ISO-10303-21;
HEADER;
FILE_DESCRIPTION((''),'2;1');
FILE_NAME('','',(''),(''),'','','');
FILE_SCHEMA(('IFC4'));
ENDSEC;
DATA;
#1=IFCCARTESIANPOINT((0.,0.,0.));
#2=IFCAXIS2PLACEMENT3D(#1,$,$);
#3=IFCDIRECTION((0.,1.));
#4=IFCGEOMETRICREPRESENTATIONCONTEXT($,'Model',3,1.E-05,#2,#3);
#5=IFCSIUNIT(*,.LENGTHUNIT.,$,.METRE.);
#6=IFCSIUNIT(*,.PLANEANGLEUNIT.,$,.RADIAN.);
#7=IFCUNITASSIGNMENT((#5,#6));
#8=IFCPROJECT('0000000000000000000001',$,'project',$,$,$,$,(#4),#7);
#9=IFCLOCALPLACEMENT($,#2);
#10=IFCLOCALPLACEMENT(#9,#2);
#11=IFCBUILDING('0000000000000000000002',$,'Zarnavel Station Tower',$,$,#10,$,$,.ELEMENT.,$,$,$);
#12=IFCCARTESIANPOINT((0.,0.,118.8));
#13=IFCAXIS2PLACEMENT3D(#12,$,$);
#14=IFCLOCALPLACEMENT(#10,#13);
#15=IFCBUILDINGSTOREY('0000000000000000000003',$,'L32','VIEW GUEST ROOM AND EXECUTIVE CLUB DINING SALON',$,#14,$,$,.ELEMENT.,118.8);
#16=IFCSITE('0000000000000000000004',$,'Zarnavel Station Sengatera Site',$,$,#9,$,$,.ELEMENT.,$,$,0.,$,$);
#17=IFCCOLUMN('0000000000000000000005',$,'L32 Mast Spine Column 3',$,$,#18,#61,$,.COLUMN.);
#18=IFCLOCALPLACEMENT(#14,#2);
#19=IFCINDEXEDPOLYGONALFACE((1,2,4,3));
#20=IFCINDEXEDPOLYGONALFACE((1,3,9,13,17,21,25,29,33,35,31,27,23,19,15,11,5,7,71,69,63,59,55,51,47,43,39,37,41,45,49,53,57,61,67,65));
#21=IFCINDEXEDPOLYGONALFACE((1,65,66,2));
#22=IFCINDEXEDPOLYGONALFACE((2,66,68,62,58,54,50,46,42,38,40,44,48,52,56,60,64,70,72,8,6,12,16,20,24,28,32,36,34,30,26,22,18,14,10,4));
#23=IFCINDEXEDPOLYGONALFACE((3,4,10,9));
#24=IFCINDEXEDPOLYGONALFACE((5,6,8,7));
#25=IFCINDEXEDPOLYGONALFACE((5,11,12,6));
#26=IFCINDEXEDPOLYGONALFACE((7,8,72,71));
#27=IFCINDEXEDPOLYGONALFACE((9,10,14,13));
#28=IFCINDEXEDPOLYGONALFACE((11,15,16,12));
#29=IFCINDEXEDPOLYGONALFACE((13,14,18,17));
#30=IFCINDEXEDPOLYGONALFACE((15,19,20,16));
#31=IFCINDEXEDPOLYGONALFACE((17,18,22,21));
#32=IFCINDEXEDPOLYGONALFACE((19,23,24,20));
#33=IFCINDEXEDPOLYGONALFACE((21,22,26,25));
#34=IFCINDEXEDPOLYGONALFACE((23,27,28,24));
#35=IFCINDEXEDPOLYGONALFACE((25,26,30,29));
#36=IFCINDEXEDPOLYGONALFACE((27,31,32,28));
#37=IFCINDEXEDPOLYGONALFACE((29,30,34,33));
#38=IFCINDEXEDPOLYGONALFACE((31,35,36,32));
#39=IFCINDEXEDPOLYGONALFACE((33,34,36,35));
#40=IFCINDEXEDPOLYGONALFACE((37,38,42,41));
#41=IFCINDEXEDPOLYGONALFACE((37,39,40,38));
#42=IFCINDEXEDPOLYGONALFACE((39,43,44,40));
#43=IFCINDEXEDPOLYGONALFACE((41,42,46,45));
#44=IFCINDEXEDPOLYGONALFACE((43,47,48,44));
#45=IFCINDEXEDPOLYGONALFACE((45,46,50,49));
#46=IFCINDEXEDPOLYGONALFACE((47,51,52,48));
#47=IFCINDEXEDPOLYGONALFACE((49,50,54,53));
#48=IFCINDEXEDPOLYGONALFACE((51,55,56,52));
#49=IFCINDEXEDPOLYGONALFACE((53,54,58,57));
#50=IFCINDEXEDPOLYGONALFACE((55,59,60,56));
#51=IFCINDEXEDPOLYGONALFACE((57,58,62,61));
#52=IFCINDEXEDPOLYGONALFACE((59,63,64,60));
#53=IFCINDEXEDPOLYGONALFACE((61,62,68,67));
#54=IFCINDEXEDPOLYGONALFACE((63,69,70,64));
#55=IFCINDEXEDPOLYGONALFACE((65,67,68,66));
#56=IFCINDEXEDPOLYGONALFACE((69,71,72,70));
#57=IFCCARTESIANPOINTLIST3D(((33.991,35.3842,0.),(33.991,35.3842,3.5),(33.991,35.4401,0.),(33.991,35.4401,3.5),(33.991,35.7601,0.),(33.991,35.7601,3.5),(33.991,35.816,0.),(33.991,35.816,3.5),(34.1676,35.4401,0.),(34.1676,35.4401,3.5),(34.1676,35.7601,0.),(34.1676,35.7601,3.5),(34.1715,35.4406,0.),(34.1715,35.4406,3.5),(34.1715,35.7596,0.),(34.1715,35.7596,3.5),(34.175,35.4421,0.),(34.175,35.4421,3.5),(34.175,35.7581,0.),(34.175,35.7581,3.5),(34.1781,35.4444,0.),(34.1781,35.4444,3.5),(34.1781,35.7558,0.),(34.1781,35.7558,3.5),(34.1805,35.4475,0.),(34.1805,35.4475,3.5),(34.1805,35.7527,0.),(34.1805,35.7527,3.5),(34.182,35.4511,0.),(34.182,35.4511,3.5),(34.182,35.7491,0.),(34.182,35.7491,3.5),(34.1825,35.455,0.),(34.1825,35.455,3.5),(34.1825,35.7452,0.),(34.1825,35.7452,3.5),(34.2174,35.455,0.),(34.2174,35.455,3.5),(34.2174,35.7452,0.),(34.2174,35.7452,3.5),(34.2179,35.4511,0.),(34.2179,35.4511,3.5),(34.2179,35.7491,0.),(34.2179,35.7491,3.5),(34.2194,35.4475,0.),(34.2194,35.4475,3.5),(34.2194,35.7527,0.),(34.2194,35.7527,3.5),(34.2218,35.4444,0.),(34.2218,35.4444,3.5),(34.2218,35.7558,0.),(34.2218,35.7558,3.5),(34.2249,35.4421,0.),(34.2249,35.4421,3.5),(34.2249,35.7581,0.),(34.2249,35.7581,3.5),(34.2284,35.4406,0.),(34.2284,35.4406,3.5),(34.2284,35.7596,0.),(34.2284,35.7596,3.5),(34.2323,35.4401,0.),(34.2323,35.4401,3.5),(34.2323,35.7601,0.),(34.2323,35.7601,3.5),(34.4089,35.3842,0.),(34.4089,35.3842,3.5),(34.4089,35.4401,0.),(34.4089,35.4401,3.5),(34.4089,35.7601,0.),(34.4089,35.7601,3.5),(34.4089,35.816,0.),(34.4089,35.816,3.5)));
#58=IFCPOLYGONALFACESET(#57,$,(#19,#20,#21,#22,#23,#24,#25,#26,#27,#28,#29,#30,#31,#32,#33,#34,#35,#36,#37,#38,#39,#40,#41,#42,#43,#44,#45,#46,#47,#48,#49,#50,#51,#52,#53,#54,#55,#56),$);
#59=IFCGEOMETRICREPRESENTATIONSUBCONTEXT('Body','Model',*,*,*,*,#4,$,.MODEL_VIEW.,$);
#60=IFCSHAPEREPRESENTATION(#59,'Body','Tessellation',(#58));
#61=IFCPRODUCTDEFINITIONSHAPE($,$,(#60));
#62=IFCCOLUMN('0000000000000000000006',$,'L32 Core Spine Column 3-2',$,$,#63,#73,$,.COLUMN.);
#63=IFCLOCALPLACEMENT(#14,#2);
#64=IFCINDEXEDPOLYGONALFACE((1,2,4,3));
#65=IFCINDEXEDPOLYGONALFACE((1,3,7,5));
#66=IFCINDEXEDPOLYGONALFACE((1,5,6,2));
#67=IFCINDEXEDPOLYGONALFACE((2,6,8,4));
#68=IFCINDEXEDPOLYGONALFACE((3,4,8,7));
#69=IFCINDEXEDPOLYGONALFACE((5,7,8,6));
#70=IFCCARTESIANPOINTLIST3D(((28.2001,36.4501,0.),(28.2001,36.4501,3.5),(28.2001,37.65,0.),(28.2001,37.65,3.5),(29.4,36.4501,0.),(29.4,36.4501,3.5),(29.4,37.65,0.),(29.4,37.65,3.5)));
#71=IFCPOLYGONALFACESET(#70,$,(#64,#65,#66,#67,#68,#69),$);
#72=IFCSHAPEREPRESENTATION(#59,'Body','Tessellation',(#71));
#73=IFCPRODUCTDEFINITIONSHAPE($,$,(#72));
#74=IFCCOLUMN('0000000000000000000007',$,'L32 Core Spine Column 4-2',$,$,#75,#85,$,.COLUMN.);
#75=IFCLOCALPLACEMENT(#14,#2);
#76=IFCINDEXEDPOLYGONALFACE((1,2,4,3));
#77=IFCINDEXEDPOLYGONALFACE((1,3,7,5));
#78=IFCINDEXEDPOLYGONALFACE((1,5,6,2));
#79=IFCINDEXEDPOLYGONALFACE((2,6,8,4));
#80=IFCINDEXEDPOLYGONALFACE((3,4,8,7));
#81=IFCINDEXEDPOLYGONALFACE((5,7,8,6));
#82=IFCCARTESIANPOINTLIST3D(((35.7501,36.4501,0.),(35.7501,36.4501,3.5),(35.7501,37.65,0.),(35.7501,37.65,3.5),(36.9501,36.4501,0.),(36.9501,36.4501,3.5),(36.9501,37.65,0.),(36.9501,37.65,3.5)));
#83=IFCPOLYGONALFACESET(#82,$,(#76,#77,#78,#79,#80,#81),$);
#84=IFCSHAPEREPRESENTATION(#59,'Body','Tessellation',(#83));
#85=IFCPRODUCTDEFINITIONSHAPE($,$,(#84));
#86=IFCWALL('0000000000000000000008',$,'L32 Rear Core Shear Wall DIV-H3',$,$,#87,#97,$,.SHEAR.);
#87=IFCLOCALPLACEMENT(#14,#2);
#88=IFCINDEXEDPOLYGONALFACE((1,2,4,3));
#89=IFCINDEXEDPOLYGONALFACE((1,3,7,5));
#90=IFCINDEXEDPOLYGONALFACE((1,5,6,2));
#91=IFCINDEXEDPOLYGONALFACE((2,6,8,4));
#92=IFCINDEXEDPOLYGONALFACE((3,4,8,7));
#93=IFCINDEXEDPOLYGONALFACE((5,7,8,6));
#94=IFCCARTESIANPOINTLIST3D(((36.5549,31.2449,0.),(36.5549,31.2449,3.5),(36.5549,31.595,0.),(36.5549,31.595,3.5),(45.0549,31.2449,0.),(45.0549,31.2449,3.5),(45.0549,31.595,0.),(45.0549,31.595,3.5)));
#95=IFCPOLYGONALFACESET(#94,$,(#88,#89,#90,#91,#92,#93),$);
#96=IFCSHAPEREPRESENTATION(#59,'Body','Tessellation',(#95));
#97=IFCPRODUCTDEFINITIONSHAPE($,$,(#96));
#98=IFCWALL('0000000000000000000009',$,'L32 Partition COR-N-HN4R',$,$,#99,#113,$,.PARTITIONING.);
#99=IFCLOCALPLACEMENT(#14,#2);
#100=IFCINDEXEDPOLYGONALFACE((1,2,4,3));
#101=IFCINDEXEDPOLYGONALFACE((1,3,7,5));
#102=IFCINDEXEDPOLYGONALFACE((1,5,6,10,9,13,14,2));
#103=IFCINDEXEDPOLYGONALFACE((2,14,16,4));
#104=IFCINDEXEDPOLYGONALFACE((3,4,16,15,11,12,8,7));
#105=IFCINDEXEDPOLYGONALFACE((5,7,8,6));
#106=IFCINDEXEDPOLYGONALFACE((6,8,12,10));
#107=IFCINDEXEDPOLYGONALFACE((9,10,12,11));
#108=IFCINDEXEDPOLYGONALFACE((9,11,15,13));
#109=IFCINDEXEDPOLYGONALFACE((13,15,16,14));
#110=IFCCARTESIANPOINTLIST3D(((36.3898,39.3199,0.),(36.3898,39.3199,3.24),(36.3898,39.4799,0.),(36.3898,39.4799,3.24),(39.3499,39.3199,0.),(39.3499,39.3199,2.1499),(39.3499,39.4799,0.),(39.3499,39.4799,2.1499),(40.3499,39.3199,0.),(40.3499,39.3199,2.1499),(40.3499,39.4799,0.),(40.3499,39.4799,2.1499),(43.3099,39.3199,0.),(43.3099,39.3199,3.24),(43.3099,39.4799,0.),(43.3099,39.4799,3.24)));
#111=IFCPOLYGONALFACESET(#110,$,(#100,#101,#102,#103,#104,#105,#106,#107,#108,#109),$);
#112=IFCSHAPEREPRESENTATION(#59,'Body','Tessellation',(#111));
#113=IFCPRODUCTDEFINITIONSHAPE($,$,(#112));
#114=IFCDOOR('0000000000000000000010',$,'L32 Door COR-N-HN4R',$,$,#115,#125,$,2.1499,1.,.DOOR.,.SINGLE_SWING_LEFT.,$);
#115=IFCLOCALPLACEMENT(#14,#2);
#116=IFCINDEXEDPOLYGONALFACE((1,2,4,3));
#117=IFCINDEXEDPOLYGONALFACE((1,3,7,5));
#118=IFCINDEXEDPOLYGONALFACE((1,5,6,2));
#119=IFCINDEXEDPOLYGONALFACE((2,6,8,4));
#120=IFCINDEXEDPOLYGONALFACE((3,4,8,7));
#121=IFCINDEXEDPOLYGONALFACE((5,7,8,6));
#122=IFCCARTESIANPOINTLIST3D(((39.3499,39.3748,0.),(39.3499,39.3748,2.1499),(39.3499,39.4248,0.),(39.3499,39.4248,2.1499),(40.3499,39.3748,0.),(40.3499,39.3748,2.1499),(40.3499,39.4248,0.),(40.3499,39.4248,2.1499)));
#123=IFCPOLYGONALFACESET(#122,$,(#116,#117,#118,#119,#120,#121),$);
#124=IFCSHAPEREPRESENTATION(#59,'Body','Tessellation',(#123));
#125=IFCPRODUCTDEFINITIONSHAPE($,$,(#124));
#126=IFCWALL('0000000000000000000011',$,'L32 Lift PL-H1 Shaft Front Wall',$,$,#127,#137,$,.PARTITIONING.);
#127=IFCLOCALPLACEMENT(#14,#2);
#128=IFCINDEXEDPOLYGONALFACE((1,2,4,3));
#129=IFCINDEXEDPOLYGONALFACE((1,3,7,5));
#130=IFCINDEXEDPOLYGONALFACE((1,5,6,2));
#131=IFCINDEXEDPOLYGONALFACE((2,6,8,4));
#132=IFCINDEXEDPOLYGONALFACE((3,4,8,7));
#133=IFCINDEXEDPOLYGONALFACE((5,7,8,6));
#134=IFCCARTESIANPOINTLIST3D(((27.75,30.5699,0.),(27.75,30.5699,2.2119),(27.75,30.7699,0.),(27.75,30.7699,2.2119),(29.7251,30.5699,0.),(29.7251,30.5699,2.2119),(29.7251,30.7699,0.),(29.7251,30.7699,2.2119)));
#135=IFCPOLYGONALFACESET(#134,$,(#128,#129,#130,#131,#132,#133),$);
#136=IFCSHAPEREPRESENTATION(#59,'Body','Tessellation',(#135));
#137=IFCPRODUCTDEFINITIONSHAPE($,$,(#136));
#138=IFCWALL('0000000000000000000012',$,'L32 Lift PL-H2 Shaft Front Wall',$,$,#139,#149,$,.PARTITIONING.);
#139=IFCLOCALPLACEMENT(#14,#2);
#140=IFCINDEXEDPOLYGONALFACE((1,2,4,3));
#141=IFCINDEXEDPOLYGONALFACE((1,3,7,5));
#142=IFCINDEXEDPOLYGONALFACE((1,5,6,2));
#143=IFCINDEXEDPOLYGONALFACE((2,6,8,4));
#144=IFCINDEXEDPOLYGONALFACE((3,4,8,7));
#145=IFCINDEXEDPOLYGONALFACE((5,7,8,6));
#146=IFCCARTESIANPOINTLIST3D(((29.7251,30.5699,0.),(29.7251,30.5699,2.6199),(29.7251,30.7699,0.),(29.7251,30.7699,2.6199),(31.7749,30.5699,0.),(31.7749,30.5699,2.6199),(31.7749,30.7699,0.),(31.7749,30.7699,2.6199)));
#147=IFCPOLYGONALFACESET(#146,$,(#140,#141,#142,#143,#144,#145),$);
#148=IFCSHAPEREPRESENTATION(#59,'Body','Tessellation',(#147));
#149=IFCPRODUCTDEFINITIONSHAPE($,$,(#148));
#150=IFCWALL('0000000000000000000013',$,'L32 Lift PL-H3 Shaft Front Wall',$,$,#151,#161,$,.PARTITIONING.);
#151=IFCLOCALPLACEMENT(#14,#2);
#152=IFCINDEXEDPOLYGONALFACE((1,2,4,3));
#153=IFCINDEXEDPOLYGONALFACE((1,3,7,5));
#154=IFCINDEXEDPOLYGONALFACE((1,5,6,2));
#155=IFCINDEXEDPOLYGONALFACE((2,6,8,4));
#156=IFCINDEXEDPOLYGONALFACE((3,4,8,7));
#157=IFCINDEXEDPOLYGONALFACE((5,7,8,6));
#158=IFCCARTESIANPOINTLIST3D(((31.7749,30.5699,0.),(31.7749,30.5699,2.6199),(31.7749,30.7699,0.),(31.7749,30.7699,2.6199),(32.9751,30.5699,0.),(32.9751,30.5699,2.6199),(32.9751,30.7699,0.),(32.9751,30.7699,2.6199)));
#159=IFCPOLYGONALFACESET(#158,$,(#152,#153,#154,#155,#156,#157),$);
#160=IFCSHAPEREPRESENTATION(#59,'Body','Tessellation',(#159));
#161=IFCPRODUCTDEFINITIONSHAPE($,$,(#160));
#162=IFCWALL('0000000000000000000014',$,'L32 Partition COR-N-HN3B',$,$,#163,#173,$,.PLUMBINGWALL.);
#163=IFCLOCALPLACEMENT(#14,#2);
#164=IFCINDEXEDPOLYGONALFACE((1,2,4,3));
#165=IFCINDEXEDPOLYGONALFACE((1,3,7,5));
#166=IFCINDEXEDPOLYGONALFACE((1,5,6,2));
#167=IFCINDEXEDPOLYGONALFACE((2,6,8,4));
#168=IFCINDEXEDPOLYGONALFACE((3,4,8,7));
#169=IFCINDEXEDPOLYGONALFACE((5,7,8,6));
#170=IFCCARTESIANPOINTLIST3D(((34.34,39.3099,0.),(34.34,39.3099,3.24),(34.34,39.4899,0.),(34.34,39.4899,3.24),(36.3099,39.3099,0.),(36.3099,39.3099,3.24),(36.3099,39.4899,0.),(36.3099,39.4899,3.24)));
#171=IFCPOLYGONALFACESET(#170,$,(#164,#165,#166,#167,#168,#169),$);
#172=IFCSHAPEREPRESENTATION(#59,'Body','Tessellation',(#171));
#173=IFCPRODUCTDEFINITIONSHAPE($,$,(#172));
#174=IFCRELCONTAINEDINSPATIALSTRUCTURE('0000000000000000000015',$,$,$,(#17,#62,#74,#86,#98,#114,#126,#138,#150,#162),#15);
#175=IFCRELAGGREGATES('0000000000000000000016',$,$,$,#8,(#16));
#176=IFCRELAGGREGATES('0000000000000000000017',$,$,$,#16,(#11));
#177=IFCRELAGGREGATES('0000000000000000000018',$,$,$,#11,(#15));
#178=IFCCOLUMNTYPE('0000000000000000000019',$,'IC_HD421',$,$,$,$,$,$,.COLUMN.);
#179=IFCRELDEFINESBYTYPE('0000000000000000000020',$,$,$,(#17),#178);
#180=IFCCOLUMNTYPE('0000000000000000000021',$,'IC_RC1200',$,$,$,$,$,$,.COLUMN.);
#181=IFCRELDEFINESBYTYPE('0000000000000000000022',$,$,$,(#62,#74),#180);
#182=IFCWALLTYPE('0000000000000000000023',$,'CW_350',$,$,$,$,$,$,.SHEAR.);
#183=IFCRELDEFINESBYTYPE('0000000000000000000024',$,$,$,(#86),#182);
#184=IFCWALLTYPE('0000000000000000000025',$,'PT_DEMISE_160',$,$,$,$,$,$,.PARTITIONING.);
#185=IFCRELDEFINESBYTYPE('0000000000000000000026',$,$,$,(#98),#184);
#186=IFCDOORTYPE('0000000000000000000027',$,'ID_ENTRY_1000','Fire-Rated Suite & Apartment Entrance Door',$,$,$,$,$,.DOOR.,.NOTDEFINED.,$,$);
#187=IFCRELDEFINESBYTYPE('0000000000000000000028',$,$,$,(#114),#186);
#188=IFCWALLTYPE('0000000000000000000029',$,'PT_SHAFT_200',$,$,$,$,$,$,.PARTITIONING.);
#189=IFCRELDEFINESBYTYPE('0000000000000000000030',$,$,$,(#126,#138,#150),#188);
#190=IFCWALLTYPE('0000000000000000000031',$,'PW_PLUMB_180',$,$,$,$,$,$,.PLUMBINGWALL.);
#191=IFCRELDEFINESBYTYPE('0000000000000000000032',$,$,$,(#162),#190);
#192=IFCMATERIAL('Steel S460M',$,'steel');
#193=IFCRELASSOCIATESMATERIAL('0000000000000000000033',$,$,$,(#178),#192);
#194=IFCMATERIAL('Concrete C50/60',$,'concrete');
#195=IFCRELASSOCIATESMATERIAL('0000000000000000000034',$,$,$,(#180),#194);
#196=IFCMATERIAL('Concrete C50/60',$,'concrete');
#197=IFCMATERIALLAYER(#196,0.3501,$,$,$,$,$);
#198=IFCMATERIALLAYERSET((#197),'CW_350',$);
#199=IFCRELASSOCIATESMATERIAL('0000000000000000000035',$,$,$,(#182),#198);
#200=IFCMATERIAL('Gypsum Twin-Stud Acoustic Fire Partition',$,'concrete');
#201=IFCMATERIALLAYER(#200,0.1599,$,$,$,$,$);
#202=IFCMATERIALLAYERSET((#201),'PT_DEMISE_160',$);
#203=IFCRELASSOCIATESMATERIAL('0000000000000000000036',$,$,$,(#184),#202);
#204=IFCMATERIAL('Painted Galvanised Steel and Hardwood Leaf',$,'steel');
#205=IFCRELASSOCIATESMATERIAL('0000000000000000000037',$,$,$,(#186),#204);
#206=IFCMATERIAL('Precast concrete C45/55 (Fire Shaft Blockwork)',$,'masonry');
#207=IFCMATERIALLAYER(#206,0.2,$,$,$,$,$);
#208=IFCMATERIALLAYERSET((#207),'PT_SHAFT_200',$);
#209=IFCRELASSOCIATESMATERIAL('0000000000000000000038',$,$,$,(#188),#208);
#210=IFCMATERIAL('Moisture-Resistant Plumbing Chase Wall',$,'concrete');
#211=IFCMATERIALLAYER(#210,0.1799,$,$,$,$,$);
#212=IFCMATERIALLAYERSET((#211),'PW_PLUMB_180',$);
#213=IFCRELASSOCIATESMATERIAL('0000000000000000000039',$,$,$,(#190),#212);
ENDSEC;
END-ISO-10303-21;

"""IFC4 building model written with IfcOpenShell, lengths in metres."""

from ifc_helpers import new_model, si_unit, direction, frame, frame_2d, origin, origin_2d, place, context, subcontext, project, spatial, rectangle, i_section, extrude, material, layer, layer_set, material_profile, profile_set, type_object, element, fill, save


model = new_model("IFC4")

# Units and contexts
model_context = context("Model", 3, precision=1e-05, world=origin(), true_north=direction((0.0, 1.0)))
body_context = subcontext(model_context, "Body", "Model", "MODEL_VIEW")
ifc_project = project(units=[si_unit("LENGTHUNIT", "METRE"), si_unit("PLANEANGLEUNIT", "RADIAN")], contexts=[model_context])

# Site, building, storey
site_placement = place(None, origin())
site = spatial("IfcSite", under=ifc_project, at=site_placement, Name="Zarnavel Station Sengatera Site", CompositionType="ELEMENT", RefElevation=0.0)
building_placement = place(site_placement, origin())
building = spatial("IfcBuilding", under=site, at=building_placement, Name="Zarnavel Station Tower", CompositionType="ELEMENT")
storey_placement = place(building_placement, frame((0.0, 0.0, 118.8)))
storey = spatial("IfcBuildingStorey", under=building, at=storey_placement, Name="L32", Description="VIEW GUEST ROOM AND EXECUTIVE CLUB DINING SALON", CompositionType="ELEMENT", Elevation=118.8)

# Columns
ifc_material_1 = material(Name="Steel S460M", Category="steel")
ifc_material_profile_1 = material_profile(ifc_material_1, i_section(OverallWidth=0.418, OverallDepth=0.4319, WebThickness=0.0349, FlangeThickness=0.0559, FilletRadius=0.0149, at=origin_2d()), Name="HD400x421")
ifc_profile_set_1 = profile_set([ifc_material_profile_1], Name="Steel S460M")
column_type_1 = type_object("IfcColumnType", Name="IC_HD421", PredefinedType="COLUMN", material=ifc_profile_set_1)
column_placement = place(storey_placement, frame((34.2, 35.6001, 0.0), z_axis=(0.0, 0.0, 1.0), x_axis=(1.0, 0.0, 0.0)))
element("IfcColumn", 1, at=column_placement, inside=storey, type_object=column_type_1, Name="L32 Mast Spine Column 3", PredefinedType="COLUMN", context=body_context, shape_type="SweptSolid", body=[
    extrude(i_section(OverallWidth=0.418, OverallDepth=0.4319, WebThickness=0.0349, FlangeThickness=0.0559, FilletRadius=0.0149, at=origin_2d()), origin(), (0.0, 0.0, 1.0), 3.5),
])
ifc_material_2 = material(Name="Concrete C50/60", Category="concrete")
ifc_material_profile_2 = material_profile(ifc_material_2, rectangle(XDim=1.2, YDim=1.2, at=origin_2d()), Name="RC1200x1200")
ifc_profile_set_2 = profile_set([ifc_material_profile_2], Name="Concrete C50/60")
column_type_2 = type_object("IfcColumnType", Name="IC_RC1200", PredefinedType="COLUMN", material=ifc_profile_set_2)
for number, where, z_axis, x_axis, name in (
    (2, (28.8, 37.05, 0.0), (0.0, 0.0, 1.0), (1.0, 0.0, 0.0), "L32 Core Spine Column 3-2"),
    (3, (36.3501, 37.05, 0.0), (0.0, 0.0, 1.0), (1.0, 0.0, 0.0), "L32 Core Spine Column 4-2"),
):
    element("IfcColumn", number, at=place(storey_placement, frame(where, z_axis=z_axis, x_axis=x_axis)), inside=storey, type_object=column_type_2, Name=name, PredefinedType="COLUMN", context=body_context, shape_type="SweptSolid", body=[
        extrude(rectangle(XDim=1.2, YDim=1.2, at=origin_2d()), origin(), (0.0, 0.0, 1.0), 3.5),
    ])

# Wall
ifc_material_3 = material(Name="Concrete C50/60", Category="concrete")
ifc_layer_1 = layer(ifc_material_3, 0.3501)
ifc_layer_set_1 = layer_set([ifc_layer_1], Name="CW_350")
wall_type_1 = type_object("IfcWallType", Name="CW_350", PredefinedType="SHEAR", material=ifc_layer_set_1)
wall_1_placement = place(storey_placement, frame((36.5549, 31.4199, 0.0), z_axis=(0.0, 0.0, 1.0), x_axis=(1.0, 0.0, 0.0)))
element("IfcWall", 4, at=wall_1_placement, inside=storey, type_object=wall_type_1, Name="L32 Rear Core Shear Wall DIV-H3", PredefinedType="SHEAR", context=body_context, shape_type="SweptSolid", body=[
    extrude(rectangle(XDim=8.5, YDim=0.3501, at=frame_2d((4.25, 0.0))), origin(), (0.0, 0.0, 1.0), 3.5),
])

# Wall, opening, door
ifc_material_4 = material(Name="Gypsum Twin-Stud Acoustic Fire Partition", Category="concrete")
ifc_layer_2 = layer(ifc_material_4, 0.1599)
ifc_layer_set_2 = layer_set([ifc_layer_2], Name="PT_DEMISE_160")
wall_type_2 = type_object("IfcWallType", Name="PT_DEMISE_160", PredefinedType="PARTITIONING", material=ifc_layer_set_2)
wall_2_placement = place(storey_placement, frame((36.3899, 39.3999, 0.0), z_axis=(0.0, 0.0, 1.0), x_axis=(1.0, 0.0, 0.0)))
wall_2 = element("IfcWall", 5, at=wall_2_placement, inside=storey, type_object=wall_type_2, Name="L32 Partition COR-N-HN4R", PredefinedType="PARTITIONING", context=body_context, shape_type="SweptSolid", body=[
    extrude(rectangle(XDim=6.9202, YDim=0.1599, at=frame_2d((3.46, 0.0))), origin(), (0.0, 0.0, 1.0), 3.24),
])
opening_1_placement = place(wall_2_placement, frame((2.96, 0.0, 0.0)))
opening_1 = element("IfcOpeningElement", 6, at=opening_1_placement, cuts=wall_2, PredefinedType="OPENING", context=body_context, shape_type="SweptSolid", body=[
    extrude(rectangle(XDim=1.0, YDim=2.1499, at=frame_2d((0.5, 1.075))), frame((0.0, 0.0898, 0.0), z_axis=(0.0, -1.0, 0.0), x_axis=(1.0, 0.0, 0.0)), (0.0, 0.0, 1.0), 0.1799),
])
ifc_material_5 = material(Name="Painted Galvanised Steel and Hardwood Leaf", Category="steel")
door_type_1 = type_object("IfcDoorType", Name="ID_ENTRY_1000", Description="Fire-Rated Suite & Apartment Entrance Door", OperationType="NOTDEFINED", PredefinedType="DOOR", material=ifc_material_5)
door_1_placement = place(opening_1_placement, origin())
door_1 = element("IfcDoor", 7, at=door_1_placement, inside=storey, type_object=door_type_1, Name="L32 Door COR-N-HN4R", OperationType="SINGLE_SWING_LEFT", OverallHeight=2.1499, OverallWidth=1.0, PredefinedType="DOOR", context=body_context, shape_type="SweptSolid", body=[
    extrude(rectangle(XDim=1.0, YDim=2.1499, at=frame_2d((0.5, 1.075))), frame((0.0, 0.0249, 0.0), z_axis=(0.0, -1.0, 0.0), x_axis=(1.0, 0.0, 0.0)), (0.0, 0.0, 1.0), 0.05),
])
fill(opening_1, door_1)
ifc_material_6 = material(Name="Precast concrete C45/55 (Fire Shaft Blockwork)", Category="masonry")
ifc_layer_3 = layer(ifc_material_6, 0.2)
ifc_layer_set_3 = layer_set([ifc_layer_3], Name="PT_SHAFT_200")
wall_type_3 = type_object("IfcWallType", Name="PT_SHAFT_200", PredefinedType="PARTITIONING", material=ifc_layer_set_3)

# Walls
wall_3_placement = place(storey_placement, frame((27.75, 30.6699, 0.0), z_axis=(0.0, 0.0, 1.0), x_axis=(1.0, 0.0, 0.0)))
element("IfcWall", 8, at=wall_3_placement, inside=storey, type_object=wall_type_3, Name="L32 Lift PL-H1 Shaft Front Wall", PredefinedType="PARTITIONING", context=body_context, shape_type="SweptSolid", body=[
    extrude(rectangle(XDim=1.9751, YDim=0.2, at=frame_2d((0.9875, 0.0))), origin(), (0.0, 0.0, 1.0), 2.2119),
])
wall_4_placement = place(storey_placement, frame((29.7251, 30.6699, 0.0), z_axis=(0.0, 0.0, 1.0), x_axis=(1.0, 0.0, 0.0)))
element("IfcWall", 9, at=wall_4_placement, inside=storey, type_object=wall_type_3, Name="L32 Lift PL-H2 Shaft Front Wall", PredefinedType="PARTITIONING", context=body_context, shape_type="SweptSolid", body=[
    extrude(rectangle(XDim=2.0498, YDim=0.2, at=frame_2d((1.0249, 0.0))), origin(), (0.0, 0.0, 1.0), 2.6199),
])
wall_5_placement = place(storey_placement, frame((31.7749, 30.6699, 0.0), z_axis=(0.0, 0.0, 1.0), x_axis=(1.0, 0.0, 0.0)))
element("IfcWall", 10, at=wall_5_placement, inside=storey, type_object=wall_type_3, Name="L32 Lift PL-H3 Shaft Front Wall", PredefinedType="PARTITIONING", context=body_context, shape_type="SweptSolid", body=[
    extrude(rectangle(XDim=1.2002, YDim=0.2, at=frame_2d((0.6001, 0.0))), origin(), (0.0, 0.0, 1.0), 2.6199),
])

# Wall
ifc_material_7 = material(Name="Moisture-Resistant Plumbing Chase Wall", Category="concrete")
ifc_layer_4 = layer(ifc_material_7, 0.1799)
ifc_layer_set_4 = layer_set([ifc_layer_4], Name="PW_PLUMB_180")
wall_type_4 = type_object("IfcWallType", Name="PW_PLUMB_180", PredefinedType="PLUMBINGWALL", material=ifc_layer_set_4)
wall_6_placement = place(storey_placement, frame((34.3401, 39.3999, 0.0), z_axis=(0.0, 0.0, 1.0), x_axis=(1.0, 0.0, 0.0)))
element("IfcWall", 11, at=wall_6_placement, inside=storey, type_object=wall_type_4, Name="L32 Partition COR-N-HN3B", PredefinedType="PLUMBINGWALL", context=body_context, shape_type="SweptSolid", body=[
    extrude(rectangle(XDim=1.97, YDim=0.1799, at=frame_2d((0.9849, 0.0))), origin(), (0.0, 0.0, 1.0), 3.24),
])

save(model, "model.ifc")
